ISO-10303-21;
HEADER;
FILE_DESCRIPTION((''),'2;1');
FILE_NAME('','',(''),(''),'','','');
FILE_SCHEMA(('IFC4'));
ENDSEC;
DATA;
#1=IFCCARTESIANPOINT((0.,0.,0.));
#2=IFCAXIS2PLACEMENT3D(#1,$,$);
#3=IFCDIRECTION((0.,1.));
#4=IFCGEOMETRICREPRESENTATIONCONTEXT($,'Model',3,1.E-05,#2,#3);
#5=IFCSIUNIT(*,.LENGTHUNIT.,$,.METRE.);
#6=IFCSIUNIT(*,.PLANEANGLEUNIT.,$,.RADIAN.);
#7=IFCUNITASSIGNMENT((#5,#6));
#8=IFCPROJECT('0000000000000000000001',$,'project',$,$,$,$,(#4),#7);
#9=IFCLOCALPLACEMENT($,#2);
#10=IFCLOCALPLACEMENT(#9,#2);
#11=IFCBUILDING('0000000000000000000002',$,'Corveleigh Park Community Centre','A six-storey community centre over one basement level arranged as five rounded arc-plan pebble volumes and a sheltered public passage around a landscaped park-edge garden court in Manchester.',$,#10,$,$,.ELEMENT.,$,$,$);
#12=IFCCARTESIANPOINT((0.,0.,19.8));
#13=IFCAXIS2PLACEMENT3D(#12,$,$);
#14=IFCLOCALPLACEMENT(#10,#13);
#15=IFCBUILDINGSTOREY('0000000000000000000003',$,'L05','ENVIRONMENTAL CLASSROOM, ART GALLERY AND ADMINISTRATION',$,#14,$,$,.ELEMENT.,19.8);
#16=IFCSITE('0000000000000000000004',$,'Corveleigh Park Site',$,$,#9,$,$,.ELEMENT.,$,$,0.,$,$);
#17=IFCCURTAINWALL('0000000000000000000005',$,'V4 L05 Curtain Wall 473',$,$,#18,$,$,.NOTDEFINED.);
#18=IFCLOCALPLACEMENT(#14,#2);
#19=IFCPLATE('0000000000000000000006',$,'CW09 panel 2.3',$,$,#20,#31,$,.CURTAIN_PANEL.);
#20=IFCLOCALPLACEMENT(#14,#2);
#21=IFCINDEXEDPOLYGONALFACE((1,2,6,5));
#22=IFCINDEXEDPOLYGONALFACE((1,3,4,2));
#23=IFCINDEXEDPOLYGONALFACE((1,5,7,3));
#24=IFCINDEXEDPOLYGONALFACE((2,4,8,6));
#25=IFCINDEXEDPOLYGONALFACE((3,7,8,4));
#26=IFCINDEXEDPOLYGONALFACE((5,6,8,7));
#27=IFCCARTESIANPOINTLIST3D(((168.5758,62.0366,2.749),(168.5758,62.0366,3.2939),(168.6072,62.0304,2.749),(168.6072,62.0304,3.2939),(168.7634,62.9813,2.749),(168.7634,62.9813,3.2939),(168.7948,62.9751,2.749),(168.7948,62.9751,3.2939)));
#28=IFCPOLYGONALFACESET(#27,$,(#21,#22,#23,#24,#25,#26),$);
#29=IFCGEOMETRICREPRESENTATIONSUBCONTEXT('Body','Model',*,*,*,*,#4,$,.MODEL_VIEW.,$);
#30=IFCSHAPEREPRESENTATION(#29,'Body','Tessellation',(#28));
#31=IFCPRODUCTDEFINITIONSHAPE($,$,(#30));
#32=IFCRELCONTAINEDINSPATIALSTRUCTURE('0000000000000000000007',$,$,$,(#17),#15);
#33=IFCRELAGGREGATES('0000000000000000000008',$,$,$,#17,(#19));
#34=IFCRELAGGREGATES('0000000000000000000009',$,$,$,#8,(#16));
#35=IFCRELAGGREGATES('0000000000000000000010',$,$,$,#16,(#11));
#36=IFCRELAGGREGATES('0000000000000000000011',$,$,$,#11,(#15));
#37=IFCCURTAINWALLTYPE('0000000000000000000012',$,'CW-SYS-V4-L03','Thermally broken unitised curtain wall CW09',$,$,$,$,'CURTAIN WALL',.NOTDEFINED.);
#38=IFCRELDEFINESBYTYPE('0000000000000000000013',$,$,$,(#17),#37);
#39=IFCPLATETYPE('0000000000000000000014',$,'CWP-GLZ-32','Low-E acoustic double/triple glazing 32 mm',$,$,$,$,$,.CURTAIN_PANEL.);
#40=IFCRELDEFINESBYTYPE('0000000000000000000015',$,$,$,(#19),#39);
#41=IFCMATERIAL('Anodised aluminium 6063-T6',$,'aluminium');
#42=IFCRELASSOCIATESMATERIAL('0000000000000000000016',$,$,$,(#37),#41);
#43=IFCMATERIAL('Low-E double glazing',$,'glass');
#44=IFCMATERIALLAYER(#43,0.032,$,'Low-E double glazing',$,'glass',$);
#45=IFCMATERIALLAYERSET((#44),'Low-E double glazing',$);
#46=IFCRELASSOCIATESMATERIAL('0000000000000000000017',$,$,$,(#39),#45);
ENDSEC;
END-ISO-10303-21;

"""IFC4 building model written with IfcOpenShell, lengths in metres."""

from ifc_helpers import new_model, si_unit, direction, frame, origin, origin_2d, place, context, subcontext, project, spatial, rectangle, extrude, material, layer, layer_set, type_object, element, aggregate, save


model = new_model("IFC4")

# Units and contexts
model_context = context("Model", 3, precision=1e-05, world=origin(), true_north=direction((0.0, 1.0)))
body_context = subcontext(model_context, "Body", "Model", "MODEL_VIEW")
ifc_project = project(units=[si_unit("LENGTHUNIT", "METRE"), si_unit("PLANEANGLEUNIT", "RADIAN")], contexts=[model_context])

# Site, building, storey
site_placement = place(None, origin())
site = spatial("IfcSite", under=ifc_project, at=site_placement, Name="Corveleigh Park Site", CompositionType="ELEMENT", RefElevation=0.0)
building_placement = place(site_placement, origin())
building = spatial("IfcBuilding", under=site, at=building_placement, Name="Corveleigh Park Community Centre", Description="A six-storey community centre over one basement level arranged as five rounded arc-plan pebble volumes and a sheltered public passage around a landscaped park-edge garden court in Manchester.", CompositionType="ELEMENT")
storey_placement = place(building_placement, frame((0.0, 0.0, 19.8)))
storey = spatial("IfcBuildingStorey", under=building, at=storey_placement, Name="L05", Description="ENVIRONMENTAL CLASSROOM, ART GALLERY AND ADMINISTRATION", CompositionType="ELEMENT", Elevation=19.8)

# Shared definitions
ifc_material_1 = material(Name="Anodised aluminium 6063-T6", Category="aluminium")
curtain_wall_type = type_object("IfcCurtainWallType", Name="CW-SYS-V4-L03", Description="Thermally broken unitised curtain wall CW09", ElementType="CURTAIN WALL", PredefinedType="NOTDEFINED", material=ifc_material_1)

# Curtain wall
curtain_wall_1_placement = place(storey_placement, origin())
curtain_wall_1 = element("IfcCurtainWall", 1, at=curtain_wall_1_placement, inside=storey, type_object=curtain_wall_type, Name="V4 L05 Curtain Wall 473", PredefinedType="NOTDEFINED")

# Plate
ifc_material_2 = material(Name="Low-E double glazing", Category="glass")
ifc_layer_1 = layer(ifc_material_2, 0.032, Name="Low-E double glazing", Category="glass")
ifc_layer_set_1 = layer_set([ifc_layer_1], Name="Low-E double glazing")
plate_type_1 = type_object("IfcPlateType", Name="CWP-GLZ-32", Description="Low-E acoustic double/triple glazing 32 mm", PredefinedType="CURTAIN_PANEL", material=ifc_layer_set_1)
plate_1_placement = place(storey_placement, frame((168.6853, 62.5059, 2.749), z_axis=(0.0, 0.0, 1.0), x_axis=(-0.194784, -0.980846, 0.0)))
plate_1 = element("IfcPlate", 2, at=plate_1_placement, type_object=plate_type_1, Name="CW09 panel 2.3", PredefinedType="CURTAIN_PANEL", context=body_context, shape_type="SweptSolid", body=[
    extrude(rectangle(XDim=0.9631, YDim=0.032, at=origin_2d()), origin(), (0.0, 0.0, 1.0), 0.5449),
])
aggregate(curtain_wall_1, [plate_1])

save(model, "model.ifc")
